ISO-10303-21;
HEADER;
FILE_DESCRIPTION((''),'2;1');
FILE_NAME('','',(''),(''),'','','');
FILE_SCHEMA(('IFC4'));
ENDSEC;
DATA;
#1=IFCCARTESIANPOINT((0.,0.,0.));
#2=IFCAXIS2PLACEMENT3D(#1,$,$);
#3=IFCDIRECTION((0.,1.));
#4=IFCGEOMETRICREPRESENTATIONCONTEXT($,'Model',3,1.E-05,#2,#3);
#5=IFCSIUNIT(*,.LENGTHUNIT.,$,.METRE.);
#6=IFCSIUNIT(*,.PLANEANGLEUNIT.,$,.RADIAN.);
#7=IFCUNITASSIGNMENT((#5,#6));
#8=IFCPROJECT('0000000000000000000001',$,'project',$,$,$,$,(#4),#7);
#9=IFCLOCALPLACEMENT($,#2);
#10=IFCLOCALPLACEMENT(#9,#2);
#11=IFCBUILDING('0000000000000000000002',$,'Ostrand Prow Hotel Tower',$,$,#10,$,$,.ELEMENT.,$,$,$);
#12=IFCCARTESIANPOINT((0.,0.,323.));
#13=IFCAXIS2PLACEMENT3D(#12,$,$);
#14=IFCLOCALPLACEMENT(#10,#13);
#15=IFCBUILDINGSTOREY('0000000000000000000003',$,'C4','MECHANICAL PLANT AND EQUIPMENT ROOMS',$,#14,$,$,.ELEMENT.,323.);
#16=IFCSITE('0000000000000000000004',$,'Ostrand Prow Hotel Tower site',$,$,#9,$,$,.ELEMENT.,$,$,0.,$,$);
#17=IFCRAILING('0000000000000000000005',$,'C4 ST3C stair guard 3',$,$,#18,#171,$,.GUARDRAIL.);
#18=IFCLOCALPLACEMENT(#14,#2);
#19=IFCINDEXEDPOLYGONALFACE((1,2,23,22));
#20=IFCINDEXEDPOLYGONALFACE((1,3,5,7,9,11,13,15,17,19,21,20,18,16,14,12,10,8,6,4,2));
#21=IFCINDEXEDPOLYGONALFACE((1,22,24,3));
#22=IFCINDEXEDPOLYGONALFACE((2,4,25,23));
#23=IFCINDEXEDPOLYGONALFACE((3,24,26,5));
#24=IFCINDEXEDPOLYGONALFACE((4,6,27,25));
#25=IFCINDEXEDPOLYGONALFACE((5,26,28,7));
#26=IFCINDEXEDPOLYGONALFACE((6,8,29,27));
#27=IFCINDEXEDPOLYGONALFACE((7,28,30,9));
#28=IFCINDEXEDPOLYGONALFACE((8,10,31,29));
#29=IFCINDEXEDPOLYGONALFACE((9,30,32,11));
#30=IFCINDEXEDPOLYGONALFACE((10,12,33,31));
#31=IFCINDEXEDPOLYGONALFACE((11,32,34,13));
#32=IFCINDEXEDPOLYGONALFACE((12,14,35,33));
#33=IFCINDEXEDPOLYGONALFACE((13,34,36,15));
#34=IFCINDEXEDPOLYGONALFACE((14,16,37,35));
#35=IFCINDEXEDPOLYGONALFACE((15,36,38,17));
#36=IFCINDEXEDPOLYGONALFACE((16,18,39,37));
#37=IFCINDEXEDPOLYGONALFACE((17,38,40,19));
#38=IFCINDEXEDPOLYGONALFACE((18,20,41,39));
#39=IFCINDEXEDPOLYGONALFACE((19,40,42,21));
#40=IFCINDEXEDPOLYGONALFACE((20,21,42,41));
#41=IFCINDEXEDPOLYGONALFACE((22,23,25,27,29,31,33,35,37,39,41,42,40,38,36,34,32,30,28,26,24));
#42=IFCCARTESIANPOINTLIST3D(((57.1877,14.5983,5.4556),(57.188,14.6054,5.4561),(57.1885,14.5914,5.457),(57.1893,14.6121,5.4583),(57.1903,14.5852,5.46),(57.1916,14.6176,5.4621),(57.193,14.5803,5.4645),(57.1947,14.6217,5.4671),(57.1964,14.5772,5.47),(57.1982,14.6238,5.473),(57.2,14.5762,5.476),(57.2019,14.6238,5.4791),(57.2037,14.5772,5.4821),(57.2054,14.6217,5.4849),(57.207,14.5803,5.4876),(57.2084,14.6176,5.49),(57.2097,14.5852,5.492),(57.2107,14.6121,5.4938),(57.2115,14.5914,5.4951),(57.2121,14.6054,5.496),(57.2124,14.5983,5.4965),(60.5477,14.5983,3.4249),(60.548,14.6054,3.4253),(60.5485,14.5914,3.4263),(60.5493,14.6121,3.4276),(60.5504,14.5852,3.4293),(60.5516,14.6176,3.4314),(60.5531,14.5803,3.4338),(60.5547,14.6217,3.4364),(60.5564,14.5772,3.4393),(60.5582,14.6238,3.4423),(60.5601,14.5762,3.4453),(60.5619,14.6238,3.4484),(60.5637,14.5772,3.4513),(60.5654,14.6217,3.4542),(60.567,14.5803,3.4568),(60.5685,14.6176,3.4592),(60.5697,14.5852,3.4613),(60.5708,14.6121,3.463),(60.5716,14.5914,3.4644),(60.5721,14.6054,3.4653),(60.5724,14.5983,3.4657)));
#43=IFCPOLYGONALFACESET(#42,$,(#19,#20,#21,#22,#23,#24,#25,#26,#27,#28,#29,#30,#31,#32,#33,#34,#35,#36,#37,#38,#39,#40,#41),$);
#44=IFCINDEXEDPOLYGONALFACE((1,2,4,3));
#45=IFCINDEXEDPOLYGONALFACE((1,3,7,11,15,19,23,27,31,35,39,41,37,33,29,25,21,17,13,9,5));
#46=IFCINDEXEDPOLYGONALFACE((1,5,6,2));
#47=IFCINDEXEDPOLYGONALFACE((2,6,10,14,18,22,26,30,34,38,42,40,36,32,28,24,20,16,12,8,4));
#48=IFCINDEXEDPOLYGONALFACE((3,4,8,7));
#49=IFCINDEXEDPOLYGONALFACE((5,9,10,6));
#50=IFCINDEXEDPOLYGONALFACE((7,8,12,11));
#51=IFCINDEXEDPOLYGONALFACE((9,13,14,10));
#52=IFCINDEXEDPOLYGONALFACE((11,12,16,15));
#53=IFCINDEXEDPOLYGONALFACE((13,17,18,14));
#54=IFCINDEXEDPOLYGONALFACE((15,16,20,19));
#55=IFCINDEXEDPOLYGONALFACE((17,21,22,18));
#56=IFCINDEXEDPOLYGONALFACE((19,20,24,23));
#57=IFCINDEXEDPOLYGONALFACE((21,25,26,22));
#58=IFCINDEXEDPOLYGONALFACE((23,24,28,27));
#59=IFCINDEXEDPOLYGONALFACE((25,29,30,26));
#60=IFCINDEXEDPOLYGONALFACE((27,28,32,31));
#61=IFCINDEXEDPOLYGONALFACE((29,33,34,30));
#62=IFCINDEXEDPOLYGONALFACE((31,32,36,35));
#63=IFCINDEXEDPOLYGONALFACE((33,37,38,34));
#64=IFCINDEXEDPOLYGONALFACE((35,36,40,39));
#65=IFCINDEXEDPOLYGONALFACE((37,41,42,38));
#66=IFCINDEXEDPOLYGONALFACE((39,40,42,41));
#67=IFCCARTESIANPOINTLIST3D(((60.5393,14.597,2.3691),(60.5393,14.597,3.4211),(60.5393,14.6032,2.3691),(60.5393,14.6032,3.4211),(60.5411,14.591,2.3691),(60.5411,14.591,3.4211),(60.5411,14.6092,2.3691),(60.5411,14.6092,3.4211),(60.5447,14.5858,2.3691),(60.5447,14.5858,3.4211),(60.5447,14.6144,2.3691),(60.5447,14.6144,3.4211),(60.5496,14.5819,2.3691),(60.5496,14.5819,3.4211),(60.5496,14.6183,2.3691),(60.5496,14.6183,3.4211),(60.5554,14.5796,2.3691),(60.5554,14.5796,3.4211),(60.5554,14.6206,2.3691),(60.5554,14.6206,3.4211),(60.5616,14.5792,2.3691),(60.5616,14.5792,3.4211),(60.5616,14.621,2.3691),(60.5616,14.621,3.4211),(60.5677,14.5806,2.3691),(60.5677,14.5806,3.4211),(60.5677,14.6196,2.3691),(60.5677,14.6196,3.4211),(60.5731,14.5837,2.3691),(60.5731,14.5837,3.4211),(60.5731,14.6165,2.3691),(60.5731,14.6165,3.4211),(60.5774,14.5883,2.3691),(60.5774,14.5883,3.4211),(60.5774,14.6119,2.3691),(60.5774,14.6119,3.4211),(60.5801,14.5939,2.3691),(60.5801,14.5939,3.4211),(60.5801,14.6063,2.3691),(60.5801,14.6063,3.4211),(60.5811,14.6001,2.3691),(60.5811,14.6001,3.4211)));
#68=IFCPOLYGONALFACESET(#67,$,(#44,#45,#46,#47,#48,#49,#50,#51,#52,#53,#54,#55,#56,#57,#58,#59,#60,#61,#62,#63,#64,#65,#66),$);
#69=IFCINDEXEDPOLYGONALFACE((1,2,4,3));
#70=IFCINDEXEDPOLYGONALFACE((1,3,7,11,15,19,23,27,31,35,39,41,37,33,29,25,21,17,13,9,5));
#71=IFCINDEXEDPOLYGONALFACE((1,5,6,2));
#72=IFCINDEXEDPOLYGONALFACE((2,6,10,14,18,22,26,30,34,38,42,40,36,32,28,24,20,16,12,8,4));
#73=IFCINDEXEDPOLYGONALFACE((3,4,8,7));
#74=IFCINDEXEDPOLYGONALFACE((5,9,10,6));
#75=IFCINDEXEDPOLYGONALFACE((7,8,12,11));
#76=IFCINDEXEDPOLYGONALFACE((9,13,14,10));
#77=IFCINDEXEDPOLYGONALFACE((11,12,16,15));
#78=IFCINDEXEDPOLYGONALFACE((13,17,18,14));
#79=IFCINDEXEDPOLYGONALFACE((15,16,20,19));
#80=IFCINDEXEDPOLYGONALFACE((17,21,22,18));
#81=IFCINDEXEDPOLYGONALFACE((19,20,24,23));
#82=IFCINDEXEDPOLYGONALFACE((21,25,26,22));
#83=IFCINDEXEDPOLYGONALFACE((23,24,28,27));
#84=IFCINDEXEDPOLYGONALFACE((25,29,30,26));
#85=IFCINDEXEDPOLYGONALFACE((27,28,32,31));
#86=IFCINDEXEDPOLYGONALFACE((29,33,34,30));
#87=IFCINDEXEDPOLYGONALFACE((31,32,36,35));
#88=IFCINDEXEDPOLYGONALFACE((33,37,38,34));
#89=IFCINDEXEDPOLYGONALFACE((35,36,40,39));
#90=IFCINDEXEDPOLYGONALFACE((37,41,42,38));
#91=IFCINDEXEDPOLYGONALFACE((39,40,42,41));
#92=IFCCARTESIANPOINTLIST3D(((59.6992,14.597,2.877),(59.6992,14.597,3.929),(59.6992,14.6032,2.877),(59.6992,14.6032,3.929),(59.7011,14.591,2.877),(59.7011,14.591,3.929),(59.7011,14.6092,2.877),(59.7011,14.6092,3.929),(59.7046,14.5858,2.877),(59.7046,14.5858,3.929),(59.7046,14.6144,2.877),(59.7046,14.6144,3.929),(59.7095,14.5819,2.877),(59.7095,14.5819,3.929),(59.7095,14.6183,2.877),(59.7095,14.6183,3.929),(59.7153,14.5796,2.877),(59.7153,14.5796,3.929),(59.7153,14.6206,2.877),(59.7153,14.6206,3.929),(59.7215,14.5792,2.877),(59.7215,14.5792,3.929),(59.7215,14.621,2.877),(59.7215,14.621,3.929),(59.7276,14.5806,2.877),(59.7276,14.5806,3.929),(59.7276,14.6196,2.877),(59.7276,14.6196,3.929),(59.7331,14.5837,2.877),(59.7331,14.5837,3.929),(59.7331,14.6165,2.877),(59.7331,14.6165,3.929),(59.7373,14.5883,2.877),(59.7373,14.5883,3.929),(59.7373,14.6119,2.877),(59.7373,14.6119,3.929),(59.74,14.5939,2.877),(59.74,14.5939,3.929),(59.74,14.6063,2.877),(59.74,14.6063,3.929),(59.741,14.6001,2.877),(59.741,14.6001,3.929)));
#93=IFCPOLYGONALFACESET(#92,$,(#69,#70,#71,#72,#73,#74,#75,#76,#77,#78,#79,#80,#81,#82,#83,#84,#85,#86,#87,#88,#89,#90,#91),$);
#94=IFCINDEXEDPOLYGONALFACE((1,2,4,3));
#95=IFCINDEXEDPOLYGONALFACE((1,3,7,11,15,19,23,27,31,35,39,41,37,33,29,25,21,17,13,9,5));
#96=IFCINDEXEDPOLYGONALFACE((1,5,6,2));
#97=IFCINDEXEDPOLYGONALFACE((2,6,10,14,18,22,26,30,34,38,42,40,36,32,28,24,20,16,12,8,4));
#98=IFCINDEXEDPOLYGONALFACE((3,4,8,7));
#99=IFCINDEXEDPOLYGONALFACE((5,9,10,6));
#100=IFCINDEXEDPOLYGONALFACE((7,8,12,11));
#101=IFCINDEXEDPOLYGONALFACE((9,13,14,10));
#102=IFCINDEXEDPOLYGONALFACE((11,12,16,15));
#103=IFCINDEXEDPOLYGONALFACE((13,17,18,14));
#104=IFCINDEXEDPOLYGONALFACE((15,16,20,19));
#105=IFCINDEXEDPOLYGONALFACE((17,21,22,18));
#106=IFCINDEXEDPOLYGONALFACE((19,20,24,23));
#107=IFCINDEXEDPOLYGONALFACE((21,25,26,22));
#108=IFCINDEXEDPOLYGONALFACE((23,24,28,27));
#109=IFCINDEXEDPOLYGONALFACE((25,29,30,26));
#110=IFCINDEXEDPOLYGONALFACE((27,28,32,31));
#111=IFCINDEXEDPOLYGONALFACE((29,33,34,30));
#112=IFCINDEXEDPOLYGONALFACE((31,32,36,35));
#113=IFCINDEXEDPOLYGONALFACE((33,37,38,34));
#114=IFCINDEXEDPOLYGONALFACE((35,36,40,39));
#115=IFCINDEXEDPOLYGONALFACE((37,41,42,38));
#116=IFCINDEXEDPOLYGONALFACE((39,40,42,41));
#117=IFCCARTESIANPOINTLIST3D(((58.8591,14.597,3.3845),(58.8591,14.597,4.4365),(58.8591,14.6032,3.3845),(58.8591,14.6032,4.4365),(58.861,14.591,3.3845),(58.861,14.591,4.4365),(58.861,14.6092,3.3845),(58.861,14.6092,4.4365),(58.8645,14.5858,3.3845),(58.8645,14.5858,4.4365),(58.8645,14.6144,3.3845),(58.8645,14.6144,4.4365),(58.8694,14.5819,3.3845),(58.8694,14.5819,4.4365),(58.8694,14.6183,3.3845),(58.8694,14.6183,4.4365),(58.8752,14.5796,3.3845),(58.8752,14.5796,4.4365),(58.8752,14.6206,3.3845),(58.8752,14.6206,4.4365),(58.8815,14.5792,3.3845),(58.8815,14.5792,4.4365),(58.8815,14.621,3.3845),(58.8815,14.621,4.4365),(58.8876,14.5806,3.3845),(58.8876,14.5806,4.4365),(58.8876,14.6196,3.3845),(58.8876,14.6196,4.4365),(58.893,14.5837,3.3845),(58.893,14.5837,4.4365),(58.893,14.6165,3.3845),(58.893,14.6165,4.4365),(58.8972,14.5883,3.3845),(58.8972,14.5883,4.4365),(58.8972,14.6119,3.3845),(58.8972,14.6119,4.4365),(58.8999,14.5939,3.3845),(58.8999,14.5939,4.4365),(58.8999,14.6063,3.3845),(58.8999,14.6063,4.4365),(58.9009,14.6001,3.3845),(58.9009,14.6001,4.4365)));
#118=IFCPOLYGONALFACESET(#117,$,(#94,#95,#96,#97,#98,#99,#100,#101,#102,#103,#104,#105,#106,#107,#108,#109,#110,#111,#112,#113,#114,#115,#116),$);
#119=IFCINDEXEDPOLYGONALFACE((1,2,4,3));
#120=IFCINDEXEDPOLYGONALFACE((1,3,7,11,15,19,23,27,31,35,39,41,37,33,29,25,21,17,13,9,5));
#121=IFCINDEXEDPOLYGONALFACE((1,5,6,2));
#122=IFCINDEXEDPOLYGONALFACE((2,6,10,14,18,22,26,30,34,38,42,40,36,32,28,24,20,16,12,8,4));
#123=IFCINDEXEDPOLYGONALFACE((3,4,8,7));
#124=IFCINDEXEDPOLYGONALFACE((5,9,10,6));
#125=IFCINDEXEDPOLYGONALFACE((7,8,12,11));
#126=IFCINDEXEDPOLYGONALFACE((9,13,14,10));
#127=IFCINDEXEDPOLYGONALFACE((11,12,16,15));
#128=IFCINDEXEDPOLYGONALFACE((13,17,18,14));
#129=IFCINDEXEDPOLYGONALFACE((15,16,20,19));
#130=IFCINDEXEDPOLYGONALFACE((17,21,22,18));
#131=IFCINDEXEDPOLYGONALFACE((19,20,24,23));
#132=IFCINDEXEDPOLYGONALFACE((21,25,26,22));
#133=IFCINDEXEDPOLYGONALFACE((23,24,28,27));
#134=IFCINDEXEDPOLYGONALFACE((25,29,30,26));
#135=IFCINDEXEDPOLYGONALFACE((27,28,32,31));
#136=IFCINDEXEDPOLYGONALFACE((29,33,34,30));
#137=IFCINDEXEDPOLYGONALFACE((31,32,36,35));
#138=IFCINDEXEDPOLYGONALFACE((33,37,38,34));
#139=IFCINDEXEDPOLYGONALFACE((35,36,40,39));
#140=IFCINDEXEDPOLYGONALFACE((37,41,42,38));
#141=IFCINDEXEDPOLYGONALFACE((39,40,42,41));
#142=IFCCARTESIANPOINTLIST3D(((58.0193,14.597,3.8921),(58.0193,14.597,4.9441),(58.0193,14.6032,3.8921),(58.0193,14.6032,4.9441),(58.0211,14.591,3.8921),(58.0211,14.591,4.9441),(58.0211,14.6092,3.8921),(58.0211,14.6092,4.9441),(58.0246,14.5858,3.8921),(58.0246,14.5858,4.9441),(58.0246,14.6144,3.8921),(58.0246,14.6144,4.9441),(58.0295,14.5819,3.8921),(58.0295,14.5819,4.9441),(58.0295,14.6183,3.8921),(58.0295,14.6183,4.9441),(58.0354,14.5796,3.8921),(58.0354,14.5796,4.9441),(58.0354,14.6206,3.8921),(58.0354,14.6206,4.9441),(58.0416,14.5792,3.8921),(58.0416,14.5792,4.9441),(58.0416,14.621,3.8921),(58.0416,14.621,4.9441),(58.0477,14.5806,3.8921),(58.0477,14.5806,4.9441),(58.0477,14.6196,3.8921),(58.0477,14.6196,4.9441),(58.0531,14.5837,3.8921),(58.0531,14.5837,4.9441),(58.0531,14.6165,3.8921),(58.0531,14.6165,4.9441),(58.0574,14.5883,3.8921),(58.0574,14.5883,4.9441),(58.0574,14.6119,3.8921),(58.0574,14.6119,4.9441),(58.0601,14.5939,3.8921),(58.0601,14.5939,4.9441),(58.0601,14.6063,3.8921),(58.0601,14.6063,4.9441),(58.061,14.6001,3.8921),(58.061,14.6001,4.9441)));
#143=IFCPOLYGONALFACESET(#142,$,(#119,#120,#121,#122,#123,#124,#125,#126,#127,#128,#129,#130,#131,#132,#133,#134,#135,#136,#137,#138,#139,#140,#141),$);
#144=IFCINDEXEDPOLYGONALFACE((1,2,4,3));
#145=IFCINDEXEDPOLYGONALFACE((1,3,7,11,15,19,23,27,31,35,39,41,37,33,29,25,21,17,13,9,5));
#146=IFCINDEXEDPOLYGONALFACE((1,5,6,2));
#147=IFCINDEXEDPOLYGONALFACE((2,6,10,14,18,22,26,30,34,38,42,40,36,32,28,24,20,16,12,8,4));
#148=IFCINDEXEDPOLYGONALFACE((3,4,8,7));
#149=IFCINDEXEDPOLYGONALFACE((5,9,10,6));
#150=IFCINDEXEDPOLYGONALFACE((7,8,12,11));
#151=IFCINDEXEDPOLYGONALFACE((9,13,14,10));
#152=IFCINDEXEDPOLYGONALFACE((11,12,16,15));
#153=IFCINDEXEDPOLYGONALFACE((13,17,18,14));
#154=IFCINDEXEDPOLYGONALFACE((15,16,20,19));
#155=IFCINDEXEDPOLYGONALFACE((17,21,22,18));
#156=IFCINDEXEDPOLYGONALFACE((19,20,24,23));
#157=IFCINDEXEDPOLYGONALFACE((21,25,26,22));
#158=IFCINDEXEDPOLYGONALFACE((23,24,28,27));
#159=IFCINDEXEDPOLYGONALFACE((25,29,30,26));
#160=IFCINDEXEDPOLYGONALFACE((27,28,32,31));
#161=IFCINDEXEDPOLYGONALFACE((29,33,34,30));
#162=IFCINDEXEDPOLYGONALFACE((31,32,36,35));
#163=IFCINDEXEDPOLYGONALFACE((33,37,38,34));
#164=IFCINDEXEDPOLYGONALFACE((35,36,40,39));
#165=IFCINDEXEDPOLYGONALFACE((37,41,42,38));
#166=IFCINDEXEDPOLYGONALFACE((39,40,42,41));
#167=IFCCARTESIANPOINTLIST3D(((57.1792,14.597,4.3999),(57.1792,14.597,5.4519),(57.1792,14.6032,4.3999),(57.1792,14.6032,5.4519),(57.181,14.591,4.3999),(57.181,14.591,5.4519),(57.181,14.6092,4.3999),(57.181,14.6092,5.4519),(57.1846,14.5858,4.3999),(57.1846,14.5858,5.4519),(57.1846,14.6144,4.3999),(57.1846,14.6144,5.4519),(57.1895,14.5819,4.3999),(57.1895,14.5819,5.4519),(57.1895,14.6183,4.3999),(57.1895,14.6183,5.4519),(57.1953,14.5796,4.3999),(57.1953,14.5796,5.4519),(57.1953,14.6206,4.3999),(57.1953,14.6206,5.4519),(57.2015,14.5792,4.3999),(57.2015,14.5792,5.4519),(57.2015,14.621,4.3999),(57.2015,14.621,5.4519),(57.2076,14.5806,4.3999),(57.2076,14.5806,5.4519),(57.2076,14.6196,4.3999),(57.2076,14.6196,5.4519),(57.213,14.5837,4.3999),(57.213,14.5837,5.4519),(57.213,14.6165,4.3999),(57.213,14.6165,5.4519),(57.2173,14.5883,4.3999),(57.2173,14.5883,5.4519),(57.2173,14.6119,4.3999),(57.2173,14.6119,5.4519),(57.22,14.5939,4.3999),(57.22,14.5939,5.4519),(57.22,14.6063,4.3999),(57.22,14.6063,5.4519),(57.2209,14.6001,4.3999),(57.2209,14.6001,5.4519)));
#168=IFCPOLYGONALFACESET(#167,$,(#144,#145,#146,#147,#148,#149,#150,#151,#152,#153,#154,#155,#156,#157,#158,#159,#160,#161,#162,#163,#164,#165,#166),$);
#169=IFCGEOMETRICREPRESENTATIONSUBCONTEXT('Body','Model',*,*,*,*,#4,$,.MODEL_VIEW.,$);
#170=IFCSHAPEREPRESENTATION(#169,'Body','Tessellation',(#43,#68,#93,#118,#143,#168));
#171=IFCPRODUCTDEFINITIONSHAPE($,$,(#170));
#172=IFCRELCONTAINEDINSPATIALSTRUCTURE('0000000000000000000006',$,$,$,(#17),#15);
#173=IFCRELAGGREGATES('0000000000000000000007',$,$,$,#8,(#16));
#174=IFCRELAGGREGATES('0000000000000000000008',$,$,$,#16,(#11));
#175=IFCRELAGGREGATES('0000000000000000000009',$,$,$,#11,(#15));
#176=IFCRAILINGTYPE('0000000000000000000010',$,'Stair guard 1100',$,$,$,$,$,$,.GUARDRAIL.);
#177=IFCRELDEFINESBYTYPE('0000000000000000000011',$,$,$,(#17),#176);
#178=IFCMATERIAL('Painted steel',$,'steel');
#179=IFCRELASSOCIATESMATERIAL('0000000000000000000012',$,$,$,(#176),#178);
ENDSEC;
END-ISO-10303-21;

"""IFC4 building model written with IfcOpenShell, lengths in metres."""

from ifc_helpers import new_model, si_unit, direction, frame, origin, origin_2d, place, context, subcontext, project, spatial, circle, extrude, material, type_object, element, save


model = new_model("IFC4")

# Units and contexts
model_context = context("Model", 3, precision=1e-05, world=origin(), true_north=direction((0.0, 1.0)))
body_context = subcontext(model_context, "Body", "Model", "MODEL_VIEW")
ifc_project = project(units=[si_unit("LENGTHUNIT", "METRE"), si_unit("PLANEANGLEUNIT", "RADIAN")], contexts=[model_context])

# Site, building, storey
site_placement = place(None, origin())
site = spatial("IfcSite", under=ifc_project, at=site_placement, Name="Ostrand Prow Hotel Tower site", CompositionType="ELEMENT", RefElevation=0.0)
building_placement = place(site_placement, origin())
building = spatial("IfcBuilding", under=site, at=building_placement, Name="Ostrand Prow Hotel Tower", CompositionType="ELEMENT")
storey_placement = place(building_placement, frame((0.0, 0.0, 323.0)))
storey = spatial("IfcBuildingStorey", under=building, at=storey_placement, Name="C4", Description="MECHANICAL PLANT AND EQUIPMENT ROOMS", CompositionType="ELEMENT", Elevation=323.0)

# Railing
ifc_material_1 = material(Name="Painted steel", Category="steel")
railing_type_1 = type_object("IfcRailingType", Name="Stair guard 1100", PredefinedType="GUARDRAIL", material=ifc_material_1)
railing_1_placement = place(storey_placement, frame((60.5601, 14.6001, 2.3691)))
element("IfcRailing", 1, at=railing_1_placement, inside=storey, type_object=railing_type_1, Name="C4 ST3C stair guard 3", PredefinedType="GUARDRAIL", context=body_context, shape_type="SweptSolid", body=[
    extrude(circle(Radius=0.0239, at=origin_2d()), frame((0.0, 0.0, 1.0762), z_axis=(-0.855837, 0.0, 0.517246), x_axis=(0.0, -1.0, 0.0)), (0.0, 0.0, 1.0), 3.926),
    extrude(circle(Radius=0.021, at=origin_2d()), origin(), (0.0, 0.0, 1.0), 1.052),
    extrude(circle(Radius=0.021, at=origin_2d()), frame((-0.8401, 0.0, 0.5078)), (0.0, 0.0, 1.0), 1.052),
    extrude(circle(Radius=0.021, at=origin_2d()), frame((-1.6802, 0.0, 1.0154)), (0.0, 0.0, 1.0), 1.052),
    extrude(circle(Radius=0.021, at=origin_2d()), frame((-2.52, 0.0, 1.5229)), (0.0, 0.0, 1.0), 1.052),
    extrude(circle(Radius=0.021, at=origin_2d()), frame((-3.3601, 0.0, 2.0308)), (0.0, 0.0, 1.0), 1.052),
])

save(model, "model.ifc")
